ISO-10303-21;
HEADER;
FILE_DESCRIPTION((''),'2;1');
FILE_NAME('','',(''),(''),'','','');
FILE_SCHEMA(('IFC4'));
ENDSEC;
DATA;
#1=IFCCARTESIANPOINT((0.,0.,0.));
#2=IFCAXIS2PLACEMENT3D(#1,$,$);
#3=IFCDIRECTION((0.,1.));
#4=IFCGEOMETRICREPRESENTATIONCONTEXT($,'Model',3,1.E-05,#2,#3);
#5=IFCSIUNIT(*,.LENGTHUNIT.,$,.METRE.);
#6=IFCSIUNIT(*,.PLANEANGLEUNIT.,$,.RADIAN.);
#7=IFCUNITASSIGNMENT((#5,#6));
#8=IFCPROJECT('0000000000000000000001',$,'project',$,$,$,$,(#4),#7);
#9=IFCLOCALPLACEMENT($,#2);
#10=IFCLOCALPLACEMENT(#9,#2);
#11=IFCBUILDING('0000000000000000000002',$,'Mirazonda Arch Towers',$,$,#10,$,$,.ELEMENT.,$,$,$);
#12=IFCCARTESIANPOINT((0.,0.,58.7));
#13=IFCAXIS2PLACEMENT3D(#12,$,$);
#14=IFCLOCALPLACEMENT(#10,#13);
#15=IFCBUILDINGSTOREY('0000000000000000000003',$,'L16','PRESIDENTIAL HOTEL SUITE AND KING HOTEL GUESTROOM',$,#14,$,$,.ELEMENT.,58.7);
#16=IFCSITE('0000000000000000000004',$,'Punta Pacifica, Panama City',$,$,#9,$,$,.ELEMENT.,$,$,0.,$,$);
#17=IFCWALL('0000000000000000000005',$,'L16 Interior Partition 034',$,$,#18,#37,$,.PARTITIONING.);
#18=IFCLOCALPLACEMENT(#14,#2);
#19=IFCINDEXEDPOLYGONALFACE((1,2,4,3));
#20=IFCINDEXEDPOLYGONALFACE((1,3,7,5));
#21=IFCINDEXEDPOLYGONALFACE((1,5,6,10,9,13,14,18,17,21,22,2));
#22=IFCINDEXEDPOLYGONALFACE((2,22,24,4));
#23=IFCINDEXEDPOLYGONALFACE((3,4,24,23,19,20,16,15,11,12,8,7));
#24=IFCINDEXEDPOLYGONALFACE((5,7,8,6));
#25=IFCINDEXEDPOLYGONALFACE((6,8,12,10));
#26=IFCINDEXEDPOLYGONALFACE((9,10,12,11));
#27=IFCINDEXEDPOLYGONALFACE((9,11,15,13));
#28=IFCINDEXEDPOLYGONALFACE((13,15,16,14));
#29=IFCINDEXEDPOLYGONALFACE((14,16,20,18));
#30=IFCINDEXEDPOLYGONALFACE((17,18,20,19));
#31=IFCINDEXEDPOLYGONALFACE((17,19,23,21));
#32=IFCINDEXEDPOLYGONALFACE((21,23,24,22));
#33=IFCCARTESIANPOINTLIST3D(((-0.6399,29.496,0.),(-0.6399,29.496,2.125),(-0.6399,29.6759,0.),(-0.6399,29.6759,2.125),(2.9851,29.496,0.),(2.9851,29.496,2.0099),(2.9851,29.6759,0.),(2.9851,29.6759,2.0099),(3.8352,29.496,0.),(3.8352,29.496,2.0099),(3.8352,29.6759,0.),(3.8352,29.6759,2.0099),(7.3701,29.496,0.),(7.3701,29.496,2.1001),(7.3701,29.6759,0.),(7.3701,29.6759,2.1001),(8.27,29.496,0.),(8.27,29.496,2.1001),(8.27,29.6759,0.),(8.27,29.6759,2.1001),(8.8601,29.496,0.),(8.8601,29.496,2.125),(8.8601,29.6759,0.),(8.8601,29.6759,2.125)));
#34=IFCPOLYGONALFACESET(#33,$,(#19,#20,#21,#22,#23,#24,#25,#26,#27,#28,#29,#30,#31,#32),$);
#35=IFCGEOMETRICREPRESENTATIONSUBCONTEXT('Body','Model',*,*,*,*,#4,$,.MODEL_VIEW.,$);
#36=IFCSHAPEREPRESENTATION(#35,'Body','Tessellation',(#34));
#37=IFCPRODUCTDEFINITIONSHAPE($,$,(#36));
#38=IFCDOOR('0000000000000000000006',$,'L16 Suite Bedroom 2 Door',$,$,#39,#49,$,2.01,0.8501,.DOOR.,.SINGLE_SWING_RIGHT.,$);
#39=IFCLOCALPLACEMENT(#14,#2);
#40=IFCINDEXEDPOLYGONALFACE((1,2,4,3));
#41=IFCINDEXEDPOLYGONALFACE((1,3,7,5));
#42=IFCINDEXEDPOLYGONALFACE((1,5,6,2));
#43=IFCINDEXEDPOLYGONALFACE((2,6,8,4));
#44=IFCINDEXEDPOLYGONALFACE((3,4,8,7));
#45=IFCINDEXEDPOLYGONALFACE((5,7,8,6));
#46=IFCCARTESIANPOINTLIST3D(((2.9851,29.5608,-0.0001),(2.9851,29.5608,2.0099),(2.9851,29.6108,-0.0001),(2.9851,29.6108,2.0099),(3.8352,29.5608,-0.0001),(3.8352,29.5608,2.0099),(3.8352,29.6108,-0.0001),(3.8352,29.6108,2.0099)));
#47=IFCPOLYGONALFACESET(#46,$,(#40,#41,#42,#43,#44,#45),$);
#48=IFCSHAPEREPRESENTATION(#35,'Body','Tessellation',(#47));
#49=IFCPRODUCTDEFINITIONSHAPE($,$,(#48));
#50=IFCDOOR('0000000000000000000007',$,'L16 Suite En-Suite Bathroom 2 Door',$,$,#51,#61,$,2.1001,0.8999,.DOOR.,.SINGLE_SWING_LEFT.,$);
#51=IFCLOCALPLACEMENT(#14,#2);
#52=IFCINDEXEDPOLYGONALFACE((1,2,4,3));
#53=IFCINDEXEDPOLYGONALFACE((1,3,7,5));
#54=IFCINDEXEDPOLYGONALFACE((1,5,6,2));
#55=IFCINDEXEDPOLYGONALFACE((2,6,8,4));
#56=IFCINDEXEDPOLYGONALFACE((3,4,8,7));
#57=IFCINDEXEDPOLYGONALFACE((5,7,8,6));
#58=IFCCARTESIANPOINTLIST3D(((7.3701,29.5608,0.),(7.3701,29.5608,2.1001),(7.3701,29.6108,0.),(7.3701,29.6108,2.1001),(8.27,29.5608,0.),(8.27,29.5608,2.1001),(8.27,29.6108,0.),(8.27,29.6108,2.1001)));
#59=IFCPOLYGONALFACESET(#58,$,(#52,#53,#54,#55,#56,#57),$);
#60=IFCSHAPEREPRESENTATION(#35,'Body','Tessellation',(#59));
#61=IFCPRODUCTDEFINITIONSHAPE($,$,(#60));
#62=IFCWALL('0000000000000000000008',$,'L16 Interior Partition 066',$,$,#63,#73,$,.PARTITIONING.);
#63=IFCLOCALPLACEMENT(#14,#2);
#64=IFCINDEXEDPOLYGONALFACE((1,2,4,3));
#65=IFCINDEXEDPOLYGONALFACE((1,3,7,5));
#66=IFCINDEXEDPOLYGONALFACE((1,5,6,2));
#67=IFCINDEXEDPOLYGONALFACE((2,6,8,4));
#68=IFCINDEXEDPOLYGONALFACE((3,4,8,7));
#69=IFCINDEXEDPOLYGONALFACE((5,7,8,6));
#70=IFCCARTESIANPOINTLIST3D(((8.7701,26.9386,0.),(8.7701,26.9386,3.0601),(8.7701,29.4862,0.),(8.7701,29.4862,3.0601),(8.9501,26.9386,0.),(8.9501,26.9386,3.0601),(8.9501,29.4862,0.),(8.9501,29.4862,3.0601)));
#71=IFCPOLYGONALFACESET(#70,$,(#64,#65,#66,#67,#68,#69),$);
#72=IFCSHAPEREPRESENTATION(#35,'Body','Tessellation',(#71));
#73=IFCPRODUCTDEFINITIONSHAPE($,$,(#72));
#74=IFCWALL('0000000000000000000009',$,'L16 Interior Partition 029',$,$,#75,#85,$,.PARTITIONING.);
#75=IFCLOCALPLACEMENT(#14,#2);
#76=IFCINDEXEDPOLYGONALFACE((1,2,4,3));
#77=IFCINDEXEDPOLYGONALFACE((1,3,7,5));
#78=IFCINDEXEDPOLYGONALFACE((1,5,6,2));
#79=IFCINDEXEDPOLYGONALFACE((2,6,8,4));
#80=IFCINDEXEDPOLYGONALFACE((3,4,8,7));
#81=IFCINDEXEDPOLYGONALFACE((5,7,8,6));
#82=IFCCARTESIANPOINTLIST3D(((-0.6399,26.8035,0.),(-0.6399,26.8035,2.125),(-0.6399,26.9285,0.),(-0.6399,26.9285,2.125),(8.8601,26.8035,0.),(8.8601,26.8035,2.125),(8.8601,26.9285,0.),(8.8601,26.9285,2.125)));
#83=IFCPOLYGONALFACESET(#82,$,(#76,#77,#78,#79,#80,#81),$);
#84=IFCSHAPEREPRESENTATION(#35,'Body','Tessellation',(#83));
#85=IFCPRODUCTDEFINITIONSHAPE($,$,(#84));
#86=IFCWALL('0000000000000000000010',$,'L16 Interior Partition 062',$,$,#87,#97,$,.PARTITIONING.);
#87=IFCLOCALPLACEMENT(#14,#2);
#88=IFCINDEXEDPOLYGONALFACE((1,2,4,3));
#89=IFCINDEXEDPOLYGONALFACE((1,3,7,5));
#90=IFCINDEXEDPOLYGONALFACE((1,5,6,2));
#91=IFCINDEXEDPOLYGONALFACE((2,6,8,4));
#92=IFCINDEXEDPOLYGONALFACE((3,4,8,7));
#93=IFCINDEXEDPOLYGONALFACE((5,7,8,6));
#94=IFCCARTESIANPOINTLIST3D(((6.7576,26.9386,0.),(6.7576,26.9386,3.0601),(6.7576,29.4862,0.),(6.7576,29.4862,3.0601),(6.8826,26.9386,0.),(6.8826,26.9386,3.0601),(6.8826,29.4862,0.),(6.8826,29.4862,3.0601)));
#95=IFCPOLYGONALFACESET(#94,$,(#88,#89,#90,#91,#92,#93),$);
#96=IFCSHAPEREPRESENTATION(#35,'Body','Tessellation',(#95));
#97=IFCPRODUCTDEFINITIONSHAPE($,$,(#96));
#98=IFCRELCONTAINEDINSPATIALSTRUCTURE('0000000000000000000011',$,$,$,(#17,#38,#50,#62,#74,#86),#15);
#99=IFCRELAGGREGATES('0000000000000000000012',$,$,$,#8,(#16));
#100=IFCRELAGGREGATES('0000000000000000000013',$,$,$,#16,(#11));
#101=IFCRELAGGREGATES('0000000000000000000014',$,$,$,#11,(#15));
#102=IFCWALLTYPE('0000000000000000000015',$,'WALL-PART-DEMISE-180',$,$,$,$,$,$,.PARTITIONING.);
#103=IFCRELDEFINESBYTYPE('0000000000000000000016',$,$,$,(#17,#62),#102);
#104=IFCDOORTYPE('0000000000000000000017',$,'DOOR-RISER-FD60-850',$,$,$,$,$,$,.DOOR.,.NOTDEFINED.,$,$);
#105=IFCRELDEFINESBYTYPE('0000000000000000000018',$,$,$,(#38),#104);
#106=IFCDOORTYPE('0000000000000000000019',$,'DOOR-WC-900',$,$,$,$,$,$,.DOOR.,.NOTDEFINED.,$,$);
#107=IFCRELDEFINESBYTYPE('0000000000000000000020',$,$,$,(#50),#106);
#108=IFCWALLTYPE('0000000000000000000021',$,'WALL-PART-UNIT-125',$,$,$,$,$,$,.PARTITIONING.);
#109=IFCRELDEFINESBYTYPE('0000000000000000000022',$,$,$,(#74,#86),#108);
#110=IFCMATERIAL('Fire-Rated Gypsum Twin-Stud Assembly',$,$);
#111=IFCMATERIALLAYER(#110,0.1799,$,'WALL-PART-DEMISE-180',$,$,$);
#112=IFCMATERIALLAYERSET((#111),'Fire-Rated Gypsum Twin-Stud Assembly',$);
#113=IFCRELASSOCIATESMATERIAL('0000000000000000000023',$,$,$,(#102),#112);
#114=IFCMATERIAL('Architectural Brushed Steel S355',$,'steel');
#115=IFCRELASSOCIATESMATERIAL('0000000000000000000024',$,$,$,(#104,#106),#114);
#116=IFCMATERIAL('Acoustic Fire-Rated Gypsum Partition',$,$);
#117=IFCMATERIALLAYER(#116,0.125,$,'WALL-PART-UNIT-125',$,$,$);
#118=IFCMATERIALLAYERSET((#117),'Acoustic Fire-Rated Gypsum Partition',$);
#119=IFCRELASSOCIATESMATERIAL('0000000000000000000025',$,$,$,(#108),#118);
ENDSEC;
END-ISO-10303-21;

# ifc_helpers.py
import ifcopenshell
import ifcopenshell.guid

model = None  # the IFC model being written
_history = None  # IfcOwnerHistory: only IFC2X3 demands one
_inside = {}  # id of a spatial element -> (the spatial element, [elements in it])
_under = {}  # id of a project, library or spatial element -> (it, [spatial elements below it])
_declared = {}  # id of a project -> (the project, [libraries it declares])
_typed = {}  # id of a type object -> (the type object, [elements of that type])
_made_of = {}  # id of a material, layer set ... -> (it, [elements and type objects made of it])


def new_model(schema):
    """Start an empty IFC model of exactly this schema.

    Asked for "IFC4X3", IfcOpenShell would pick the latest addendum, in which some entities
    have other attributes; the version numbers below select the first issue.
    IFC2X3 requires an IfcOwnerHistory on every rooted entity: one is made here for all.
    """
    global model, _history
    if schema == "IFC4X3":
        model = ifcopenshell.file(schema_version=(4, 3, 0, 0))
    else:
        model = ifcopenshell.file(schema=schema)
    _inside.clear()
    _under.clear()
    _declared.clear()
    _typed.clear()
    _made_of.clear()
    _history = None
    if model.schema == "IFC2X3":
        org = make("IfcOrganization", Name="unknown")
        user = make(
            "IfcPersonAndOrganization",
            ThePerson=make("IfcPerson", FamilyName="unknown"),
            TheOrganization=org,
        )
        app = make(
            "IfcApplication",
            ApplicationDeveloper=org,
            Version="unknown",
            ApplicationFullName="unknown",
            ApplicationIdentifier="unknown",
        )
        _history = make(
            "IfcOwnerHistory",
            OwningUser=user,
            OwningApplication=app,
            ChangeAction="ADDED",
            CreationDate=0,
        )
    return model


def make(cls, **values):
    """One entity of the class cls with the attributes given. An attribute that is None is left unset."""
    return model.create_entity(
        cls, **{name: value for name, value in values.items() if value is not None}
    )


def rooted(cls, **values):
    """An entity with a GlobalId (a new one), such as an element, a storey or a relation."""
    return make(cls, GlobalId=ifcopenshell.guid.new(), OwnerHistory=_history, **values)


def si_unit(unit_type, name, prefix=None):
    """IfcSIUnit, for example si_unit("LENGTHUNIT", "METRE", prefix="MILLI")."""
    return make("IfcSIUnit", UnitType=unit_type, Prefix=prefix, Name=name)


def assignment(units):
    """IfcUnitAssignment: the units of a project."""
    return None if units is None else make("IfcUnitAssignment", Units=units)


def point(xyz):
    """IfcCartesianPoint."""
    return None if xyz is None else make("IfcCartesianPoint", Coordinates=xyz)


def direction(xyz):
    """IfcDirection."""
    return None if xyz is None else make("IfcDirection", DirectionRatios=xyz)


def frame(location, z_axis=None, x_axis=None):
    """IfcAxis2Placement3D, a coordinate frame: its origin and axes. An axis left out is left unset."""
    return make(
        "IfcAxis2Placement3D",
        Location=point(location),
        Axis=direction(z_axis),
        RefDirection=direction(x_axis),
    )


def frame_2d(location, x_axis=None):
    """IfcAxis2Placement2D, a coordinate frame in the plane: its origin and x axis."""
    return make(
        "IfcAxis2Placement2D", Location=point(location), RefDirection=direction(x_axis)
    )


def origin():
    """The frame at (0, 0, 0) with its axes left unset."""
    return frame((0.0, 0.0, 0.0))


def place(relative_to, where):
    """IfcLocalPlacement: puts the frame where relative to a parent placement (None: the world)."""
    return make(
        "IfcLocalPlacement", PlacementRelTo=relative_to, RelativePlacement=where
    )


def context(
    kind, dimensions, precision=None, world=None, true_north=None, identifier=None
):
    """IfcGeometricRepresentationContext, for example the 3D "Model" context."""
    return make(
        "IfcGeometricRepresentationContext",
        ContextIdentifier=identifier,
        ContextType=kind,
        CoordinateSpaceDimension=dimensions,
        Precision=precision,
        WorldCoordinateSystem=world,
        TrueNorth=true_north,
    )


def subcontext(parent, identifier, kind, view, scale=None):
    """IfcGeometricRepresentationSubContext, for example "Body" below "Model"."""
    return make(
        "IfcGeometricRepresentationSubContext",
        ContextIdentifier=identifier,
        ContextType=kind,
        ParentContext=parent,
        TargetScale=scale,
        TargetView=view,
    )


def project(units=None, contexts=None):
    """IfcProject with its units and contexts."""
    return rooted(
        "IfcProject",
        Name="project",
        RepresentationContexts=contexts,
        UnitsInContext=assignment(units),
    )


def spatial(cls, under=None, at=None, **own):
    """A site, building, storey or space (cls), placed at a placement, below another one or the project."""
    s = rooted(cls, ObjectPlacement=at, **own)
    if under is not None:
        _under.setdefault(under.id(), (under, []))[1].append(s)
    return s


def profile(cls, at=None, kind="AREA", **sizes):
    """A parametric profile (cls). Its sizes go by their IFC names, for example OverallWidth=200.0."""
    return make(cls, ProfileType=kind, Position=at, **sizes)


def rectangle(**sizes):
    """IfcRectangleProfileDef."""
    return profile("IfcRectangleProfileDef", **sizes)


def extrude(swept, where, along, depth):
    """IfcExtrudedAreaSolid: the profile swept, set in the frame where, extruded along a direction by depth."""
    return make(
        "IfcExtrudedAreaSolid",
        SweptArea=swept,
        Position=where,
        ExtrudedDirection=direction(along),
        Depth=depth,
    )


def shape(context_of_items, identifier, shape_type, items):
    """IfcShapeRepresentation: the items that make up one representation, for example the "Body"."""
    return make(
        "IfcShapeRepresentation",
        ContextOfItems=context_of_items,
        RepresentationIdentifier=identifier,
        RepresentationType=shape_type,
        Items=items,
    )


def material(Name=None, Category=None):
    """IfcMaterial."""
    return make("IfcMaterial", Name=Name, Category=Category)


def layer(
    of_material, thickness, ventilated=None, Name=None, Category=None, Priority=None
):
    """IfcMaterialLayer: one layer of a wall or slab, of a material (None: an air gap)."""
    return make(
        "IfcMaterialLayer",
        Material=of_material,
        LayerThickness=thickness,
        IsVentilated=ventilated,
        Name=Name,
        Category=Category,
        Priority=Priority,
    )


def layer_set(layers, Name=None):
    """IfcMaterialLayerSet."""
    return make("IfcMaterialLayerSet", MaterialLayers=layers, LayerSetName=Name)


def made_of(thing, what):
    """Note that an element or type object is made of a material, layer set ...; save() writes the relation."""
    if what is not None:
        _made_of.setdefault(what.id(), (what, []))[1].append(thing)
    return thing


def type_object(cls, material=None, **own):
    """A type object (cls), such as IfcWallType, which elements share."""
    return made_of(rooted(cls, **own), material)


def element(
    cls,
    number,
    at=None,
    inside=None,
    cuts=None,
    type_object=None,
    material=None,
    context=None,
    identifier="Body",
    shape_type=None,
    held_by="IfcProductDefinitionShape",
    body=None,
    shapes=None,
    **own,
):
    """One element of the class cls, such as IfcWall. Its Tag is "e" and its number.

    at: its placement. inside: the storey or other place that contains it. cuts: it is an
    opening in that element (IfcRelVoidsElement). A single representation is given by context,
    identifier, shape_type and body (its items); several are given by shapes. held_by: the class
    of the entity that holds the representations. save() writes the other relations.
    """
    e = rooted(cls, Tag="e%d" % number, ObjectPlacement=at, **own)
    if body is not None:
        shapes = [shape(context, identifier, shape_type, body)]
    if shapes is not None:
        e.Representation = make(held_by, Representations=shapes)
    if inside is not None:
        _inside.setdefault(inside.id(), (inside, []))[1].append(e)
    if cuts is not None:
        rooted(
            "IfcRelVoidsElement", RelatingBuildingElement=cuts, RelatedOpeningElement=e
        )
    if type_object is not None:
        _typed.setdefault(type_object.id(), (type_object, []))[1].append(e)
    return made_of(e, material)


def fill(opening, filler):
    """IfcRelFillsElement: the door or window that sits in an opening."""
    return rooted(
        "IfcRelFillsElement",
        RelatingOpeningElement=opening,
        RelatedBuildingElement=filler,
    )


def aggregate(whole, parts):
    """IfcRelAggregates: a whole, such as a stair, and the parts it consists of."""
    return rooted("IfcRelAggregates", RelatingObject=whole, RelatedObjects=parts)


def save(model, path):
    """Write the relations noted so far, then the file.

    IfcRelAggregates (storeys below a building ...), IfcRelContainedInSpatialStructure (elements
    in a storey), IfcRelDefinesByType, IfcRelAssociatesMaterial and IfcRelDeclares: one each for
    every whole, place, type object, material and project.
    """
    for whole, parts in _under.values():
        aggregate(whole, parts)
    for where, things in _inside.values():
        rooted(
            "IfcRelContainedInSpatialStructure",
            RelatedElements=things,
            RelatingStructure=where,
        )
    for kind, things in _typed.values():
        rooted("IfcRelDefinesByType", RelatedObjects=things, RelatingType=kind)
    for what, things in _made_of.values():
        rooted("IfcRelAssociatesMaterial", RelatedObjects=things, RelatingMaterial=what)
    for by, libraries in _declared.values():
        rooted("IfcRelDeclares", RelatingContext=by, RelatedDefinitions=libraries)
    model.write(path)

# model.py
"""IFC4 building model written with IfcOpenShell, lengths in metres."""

from ifc_helpers import new_model, si_unit, direction, frame, frame_2d, origin, place, context, subcontext, project, spatial, rectangle, extrude, material, layer, layer_set, type_object, element, fill, save


model = new_model("IFC4")

# Units and contexts
model_context = context("Model", 3, precision=1e-05, world=origin(), true_north=direction((0.0, 1.0)))
body_context = subcontext(model_context, "Body", "Model", "MODEL_VIEW")
ifc_project = project(units=[si_unit("LENGTHUNIT", "METRE"), si_unit("PLANEANGLEUNIT", "RADIAN")], contexts=[model_context])

# Site, building, storey
site_placement = place(None, origin())
site = spatial("IfcSite", under=ifc_project, at=site_placement, Name="Punta Pacifica, Panama City", CompositionType="ELEMENT", RefElevation=0.0)
building_placement = place(site_placement, origin())
building = spatial("IfcBuilding", under=site, at=building_placement, Name="Mirazonda Arch Towers", CompositionType="ELEMENT")
storey_placement = place(building_placement, frame((0.0, 0.0, 58.7)))
storey = spatial("IfcBuildingStorey", under=building, at=storey_placement, Name="L16", Description="PRESIDENTIAL HOTEL SUITE AND KING HOTEL GUESTROOM", CompositionType="ELEMENT", Elevation=58.7)

# Wall, openings, doors
ifc_material_1 = material(Name="Fire-Rated Gypsum Twin-Stud Assembly")
ifc_layer_1 = layer(ifc_material_1, 0.1799, Name="WALL-PART-DEMISE-180")
ifc_layer_set_1 = layer_set([ifc_layer_1], Name="Fire-Rated Gypsum Twin-Stud Assembly")
wall_type_1 = type_object("IfcWallType", Name="WALL-PART-DEMISE-180", PredefinedType="PARTITIONING", material=ifc_layer_set_1)
wall_1_placement = place(storey_placement, frame((-0.6399, 29.5859, 0.0), z_axis=(0.0, 0.0, 1.0), x_axis=(1.0, 0.0, 0.0)))
wall_1 = element("IfcWall", 1, at=wall_1_placement, inside=storey, type_object=wall_type_1, Name="L16 Interior Partition 034", PredefinedType="PARTITIONING", context=body_context, shape_type="SweptSolid", body=[
    extrude(rectangle(XDim=9.5, YDim=0.1799, at=frame_2d((4.75, 0.0))), origin(), (0.0, 0.0, 1.0), 2.125),
])
opening_1_placement = place(wall_1_placement, frame((3.625, 0.0, 0.0)))
opening_1 = element("IfcOpeningElement", 2, at=opening_1_placement, cuts=wall_1, PredefinedType="OPENING", context=body_context, shape_type="SweptSolid", body=[
    extrude(rectangle(XDim=0.8501, YDim=2.01, at=frame_2d((0.425, 1.0049))), frame((0.0, 0.0999, 0.0), z_axis=(0.0, -1.0, 0.0), x_axis=(1.0, 0.0, 0.0)), (0.0, 0.0, 1.0), 0.2),
])
opening_2_placement = place(wall_1_placement, frame((8.01, 0.0, 0.0)))
opening_2 = element("IfcOpeningElement", 3, at=opening_2_placement, cuts=wall_1, PredefinedType="OPENING", context=body_context, shape_type="SweptSolid", body=[
    extrude(rectangle(XDim=0.8999, YDim=2.1001, at=frame_2d((0.45, 1.05))), frame((0.0, 0.0999, 0.0), z_axis=(0.0, -1.0, 0.0), x_axis=(1.0, 0.0, 0.0)), (0.0, 0.0, 1.0), 0.2),
])
ifc_material_2 = material(Name="Architectural Brushed Steel S355", Category="steel")
door_type_1 = type_object("IfcDoorType", Name="DOOR-RISER-FD60-850", OperationType="NOTDEFINED", PredefinedType="DOOR", material=ifc_material_2)
door_1_placement = place(opening_1_placement, origin())
door_1 = element("IfcDoor", 4, at=door_1_placement, inside=storey, type_object=door_type_1, Name="L16 Suite Bedroom 2 Door", OperationType="SINGLE_SWING_RIGHT", OverallHeight=2.01, OverallWidth=0.8501, PredefinedType="DOOR", context=body_context, shape_type="SweptSolid", body=[
    extrude(rectangle(XDim=0.8501, YDim=2.01, at=frame_2d((0.425, 1.0049))), frame((0.0, 0.0249, 0.0), z_axis=(0.0, -1.0, 0.0), x_axis=(1.0, 0.0, 0.0)), (0.0, 0.0, 1.0), 0.05),
])
fill(opening_1, door_1)
door_type_2 = type_object("IfcDoorType", Name="DOOR-WC-900", OperationType="NOTDEFINED", PredefinedType="DOOR", material=ifc_material_2)
door_2_placement = place(opening_2_placement, origin())
door_2 = element("IfcDoor", 5, at=door_2_placement, inside=storey, type_object=door_type_2, Name="L16 Suite En-Suite Bathroom 2 Door", OperationType="SINGLE_SWING_LEFT", OverallHeight=2.1001, OverallWidth=0.8999, PredefinedType="DOOR", context=body_context, shape_type="SweptSolid", body=[
    extrude(rectangle(XDim=0.8999, YDim=2.1001, at=frame_2d((0.45, 1.05))), frame((0.0, 0.0249, 0.0), z_axis=(0.0, -1.0, 0.0), x_axis=(1.0, 0.0, 0.0)), (0.0, 0.0, 1.0), 0.05),
])
fill(opening_2, door_2)

# Walls
wall_2_placement = place(storey_placement, frame((8.8601, 26.9385, 0.0), z_axis=(0.0, 0.0, 1.0), x_axis=(0.0, 1.0, 0.0)))
element("IfcWall", 6, at=wall_2_placement, inside=storey, type_object=wall_type_1, Name="L16 Interior Partition 066", PredefinedType="PARTITIONING", context=body_context, shape_type="SweptSolid", body=[
    extrude(rectangle(XDim=2.5476, YDim=0.1799, at=frame_2d((1.2739, 0.0))), origin(), (0.0, 0.0, 1.0), 3.0601),
])
ifc_material_3 = material(Name="Acoustic Fire-Rated Gypsum Partition")
ifc_layer_2 = layer(ifc_material_3, 0.125, Name="WALL-PART-UNIT-125")
ifc_layer_set_2 = layer_set([ifc_layer_2], Name="Acoustic Fire-Rated Gypsum Partition")
wall_type_2 = type_object("IfcWallType", Name="WALL-PART-UNIT-125", PredefinedType="PARTITIONING", material=ifc_layer_set_2)
wall_3_placement = place(storey_placement, frame((-0.6399, 26.866, 0.0), z_axis=(0.0, 0.0, 1.0), x_axis=(1.0, 0.0, 0.0)))
element("IfcWall", 7, at=wall_3_placement, inside=storey, type_object=wall_type_2, Name="L16 Interior Partition 029", PredefinedType="PARTITIONING", context=body_context, shape_type="SweptSolid", body=[
    extrude(rectangle(XDim=9.5, YDim=0.125, at=frame_2d((4.75, 0.0))), origin(), (0.0, 0.0, 1.0), 2.125),
])
wall_4_placement = place(storey_placement, frame((6.8201, 26.9385, 0.0), z_axis=(0.0, 0.0, 1.0), x_axis=(0.0, 1.0, 0.0)))
element("IfcWall", 8, at=wall_4_placement, inside=storey, type_object=wall_type_2, Name="L16 Interior Partition 062", PredefinedType="PARTITIONING", context=body_context, shape_type="SweptSolid", body=[
    extrude(rectangle(XDim=2.5476, YDim=0.125, at=frame_2d((1.2739, 0.0))), origin(), (0.0, 0.0, 1.0), 3.0601),
])

save(model, "model.ifc")
